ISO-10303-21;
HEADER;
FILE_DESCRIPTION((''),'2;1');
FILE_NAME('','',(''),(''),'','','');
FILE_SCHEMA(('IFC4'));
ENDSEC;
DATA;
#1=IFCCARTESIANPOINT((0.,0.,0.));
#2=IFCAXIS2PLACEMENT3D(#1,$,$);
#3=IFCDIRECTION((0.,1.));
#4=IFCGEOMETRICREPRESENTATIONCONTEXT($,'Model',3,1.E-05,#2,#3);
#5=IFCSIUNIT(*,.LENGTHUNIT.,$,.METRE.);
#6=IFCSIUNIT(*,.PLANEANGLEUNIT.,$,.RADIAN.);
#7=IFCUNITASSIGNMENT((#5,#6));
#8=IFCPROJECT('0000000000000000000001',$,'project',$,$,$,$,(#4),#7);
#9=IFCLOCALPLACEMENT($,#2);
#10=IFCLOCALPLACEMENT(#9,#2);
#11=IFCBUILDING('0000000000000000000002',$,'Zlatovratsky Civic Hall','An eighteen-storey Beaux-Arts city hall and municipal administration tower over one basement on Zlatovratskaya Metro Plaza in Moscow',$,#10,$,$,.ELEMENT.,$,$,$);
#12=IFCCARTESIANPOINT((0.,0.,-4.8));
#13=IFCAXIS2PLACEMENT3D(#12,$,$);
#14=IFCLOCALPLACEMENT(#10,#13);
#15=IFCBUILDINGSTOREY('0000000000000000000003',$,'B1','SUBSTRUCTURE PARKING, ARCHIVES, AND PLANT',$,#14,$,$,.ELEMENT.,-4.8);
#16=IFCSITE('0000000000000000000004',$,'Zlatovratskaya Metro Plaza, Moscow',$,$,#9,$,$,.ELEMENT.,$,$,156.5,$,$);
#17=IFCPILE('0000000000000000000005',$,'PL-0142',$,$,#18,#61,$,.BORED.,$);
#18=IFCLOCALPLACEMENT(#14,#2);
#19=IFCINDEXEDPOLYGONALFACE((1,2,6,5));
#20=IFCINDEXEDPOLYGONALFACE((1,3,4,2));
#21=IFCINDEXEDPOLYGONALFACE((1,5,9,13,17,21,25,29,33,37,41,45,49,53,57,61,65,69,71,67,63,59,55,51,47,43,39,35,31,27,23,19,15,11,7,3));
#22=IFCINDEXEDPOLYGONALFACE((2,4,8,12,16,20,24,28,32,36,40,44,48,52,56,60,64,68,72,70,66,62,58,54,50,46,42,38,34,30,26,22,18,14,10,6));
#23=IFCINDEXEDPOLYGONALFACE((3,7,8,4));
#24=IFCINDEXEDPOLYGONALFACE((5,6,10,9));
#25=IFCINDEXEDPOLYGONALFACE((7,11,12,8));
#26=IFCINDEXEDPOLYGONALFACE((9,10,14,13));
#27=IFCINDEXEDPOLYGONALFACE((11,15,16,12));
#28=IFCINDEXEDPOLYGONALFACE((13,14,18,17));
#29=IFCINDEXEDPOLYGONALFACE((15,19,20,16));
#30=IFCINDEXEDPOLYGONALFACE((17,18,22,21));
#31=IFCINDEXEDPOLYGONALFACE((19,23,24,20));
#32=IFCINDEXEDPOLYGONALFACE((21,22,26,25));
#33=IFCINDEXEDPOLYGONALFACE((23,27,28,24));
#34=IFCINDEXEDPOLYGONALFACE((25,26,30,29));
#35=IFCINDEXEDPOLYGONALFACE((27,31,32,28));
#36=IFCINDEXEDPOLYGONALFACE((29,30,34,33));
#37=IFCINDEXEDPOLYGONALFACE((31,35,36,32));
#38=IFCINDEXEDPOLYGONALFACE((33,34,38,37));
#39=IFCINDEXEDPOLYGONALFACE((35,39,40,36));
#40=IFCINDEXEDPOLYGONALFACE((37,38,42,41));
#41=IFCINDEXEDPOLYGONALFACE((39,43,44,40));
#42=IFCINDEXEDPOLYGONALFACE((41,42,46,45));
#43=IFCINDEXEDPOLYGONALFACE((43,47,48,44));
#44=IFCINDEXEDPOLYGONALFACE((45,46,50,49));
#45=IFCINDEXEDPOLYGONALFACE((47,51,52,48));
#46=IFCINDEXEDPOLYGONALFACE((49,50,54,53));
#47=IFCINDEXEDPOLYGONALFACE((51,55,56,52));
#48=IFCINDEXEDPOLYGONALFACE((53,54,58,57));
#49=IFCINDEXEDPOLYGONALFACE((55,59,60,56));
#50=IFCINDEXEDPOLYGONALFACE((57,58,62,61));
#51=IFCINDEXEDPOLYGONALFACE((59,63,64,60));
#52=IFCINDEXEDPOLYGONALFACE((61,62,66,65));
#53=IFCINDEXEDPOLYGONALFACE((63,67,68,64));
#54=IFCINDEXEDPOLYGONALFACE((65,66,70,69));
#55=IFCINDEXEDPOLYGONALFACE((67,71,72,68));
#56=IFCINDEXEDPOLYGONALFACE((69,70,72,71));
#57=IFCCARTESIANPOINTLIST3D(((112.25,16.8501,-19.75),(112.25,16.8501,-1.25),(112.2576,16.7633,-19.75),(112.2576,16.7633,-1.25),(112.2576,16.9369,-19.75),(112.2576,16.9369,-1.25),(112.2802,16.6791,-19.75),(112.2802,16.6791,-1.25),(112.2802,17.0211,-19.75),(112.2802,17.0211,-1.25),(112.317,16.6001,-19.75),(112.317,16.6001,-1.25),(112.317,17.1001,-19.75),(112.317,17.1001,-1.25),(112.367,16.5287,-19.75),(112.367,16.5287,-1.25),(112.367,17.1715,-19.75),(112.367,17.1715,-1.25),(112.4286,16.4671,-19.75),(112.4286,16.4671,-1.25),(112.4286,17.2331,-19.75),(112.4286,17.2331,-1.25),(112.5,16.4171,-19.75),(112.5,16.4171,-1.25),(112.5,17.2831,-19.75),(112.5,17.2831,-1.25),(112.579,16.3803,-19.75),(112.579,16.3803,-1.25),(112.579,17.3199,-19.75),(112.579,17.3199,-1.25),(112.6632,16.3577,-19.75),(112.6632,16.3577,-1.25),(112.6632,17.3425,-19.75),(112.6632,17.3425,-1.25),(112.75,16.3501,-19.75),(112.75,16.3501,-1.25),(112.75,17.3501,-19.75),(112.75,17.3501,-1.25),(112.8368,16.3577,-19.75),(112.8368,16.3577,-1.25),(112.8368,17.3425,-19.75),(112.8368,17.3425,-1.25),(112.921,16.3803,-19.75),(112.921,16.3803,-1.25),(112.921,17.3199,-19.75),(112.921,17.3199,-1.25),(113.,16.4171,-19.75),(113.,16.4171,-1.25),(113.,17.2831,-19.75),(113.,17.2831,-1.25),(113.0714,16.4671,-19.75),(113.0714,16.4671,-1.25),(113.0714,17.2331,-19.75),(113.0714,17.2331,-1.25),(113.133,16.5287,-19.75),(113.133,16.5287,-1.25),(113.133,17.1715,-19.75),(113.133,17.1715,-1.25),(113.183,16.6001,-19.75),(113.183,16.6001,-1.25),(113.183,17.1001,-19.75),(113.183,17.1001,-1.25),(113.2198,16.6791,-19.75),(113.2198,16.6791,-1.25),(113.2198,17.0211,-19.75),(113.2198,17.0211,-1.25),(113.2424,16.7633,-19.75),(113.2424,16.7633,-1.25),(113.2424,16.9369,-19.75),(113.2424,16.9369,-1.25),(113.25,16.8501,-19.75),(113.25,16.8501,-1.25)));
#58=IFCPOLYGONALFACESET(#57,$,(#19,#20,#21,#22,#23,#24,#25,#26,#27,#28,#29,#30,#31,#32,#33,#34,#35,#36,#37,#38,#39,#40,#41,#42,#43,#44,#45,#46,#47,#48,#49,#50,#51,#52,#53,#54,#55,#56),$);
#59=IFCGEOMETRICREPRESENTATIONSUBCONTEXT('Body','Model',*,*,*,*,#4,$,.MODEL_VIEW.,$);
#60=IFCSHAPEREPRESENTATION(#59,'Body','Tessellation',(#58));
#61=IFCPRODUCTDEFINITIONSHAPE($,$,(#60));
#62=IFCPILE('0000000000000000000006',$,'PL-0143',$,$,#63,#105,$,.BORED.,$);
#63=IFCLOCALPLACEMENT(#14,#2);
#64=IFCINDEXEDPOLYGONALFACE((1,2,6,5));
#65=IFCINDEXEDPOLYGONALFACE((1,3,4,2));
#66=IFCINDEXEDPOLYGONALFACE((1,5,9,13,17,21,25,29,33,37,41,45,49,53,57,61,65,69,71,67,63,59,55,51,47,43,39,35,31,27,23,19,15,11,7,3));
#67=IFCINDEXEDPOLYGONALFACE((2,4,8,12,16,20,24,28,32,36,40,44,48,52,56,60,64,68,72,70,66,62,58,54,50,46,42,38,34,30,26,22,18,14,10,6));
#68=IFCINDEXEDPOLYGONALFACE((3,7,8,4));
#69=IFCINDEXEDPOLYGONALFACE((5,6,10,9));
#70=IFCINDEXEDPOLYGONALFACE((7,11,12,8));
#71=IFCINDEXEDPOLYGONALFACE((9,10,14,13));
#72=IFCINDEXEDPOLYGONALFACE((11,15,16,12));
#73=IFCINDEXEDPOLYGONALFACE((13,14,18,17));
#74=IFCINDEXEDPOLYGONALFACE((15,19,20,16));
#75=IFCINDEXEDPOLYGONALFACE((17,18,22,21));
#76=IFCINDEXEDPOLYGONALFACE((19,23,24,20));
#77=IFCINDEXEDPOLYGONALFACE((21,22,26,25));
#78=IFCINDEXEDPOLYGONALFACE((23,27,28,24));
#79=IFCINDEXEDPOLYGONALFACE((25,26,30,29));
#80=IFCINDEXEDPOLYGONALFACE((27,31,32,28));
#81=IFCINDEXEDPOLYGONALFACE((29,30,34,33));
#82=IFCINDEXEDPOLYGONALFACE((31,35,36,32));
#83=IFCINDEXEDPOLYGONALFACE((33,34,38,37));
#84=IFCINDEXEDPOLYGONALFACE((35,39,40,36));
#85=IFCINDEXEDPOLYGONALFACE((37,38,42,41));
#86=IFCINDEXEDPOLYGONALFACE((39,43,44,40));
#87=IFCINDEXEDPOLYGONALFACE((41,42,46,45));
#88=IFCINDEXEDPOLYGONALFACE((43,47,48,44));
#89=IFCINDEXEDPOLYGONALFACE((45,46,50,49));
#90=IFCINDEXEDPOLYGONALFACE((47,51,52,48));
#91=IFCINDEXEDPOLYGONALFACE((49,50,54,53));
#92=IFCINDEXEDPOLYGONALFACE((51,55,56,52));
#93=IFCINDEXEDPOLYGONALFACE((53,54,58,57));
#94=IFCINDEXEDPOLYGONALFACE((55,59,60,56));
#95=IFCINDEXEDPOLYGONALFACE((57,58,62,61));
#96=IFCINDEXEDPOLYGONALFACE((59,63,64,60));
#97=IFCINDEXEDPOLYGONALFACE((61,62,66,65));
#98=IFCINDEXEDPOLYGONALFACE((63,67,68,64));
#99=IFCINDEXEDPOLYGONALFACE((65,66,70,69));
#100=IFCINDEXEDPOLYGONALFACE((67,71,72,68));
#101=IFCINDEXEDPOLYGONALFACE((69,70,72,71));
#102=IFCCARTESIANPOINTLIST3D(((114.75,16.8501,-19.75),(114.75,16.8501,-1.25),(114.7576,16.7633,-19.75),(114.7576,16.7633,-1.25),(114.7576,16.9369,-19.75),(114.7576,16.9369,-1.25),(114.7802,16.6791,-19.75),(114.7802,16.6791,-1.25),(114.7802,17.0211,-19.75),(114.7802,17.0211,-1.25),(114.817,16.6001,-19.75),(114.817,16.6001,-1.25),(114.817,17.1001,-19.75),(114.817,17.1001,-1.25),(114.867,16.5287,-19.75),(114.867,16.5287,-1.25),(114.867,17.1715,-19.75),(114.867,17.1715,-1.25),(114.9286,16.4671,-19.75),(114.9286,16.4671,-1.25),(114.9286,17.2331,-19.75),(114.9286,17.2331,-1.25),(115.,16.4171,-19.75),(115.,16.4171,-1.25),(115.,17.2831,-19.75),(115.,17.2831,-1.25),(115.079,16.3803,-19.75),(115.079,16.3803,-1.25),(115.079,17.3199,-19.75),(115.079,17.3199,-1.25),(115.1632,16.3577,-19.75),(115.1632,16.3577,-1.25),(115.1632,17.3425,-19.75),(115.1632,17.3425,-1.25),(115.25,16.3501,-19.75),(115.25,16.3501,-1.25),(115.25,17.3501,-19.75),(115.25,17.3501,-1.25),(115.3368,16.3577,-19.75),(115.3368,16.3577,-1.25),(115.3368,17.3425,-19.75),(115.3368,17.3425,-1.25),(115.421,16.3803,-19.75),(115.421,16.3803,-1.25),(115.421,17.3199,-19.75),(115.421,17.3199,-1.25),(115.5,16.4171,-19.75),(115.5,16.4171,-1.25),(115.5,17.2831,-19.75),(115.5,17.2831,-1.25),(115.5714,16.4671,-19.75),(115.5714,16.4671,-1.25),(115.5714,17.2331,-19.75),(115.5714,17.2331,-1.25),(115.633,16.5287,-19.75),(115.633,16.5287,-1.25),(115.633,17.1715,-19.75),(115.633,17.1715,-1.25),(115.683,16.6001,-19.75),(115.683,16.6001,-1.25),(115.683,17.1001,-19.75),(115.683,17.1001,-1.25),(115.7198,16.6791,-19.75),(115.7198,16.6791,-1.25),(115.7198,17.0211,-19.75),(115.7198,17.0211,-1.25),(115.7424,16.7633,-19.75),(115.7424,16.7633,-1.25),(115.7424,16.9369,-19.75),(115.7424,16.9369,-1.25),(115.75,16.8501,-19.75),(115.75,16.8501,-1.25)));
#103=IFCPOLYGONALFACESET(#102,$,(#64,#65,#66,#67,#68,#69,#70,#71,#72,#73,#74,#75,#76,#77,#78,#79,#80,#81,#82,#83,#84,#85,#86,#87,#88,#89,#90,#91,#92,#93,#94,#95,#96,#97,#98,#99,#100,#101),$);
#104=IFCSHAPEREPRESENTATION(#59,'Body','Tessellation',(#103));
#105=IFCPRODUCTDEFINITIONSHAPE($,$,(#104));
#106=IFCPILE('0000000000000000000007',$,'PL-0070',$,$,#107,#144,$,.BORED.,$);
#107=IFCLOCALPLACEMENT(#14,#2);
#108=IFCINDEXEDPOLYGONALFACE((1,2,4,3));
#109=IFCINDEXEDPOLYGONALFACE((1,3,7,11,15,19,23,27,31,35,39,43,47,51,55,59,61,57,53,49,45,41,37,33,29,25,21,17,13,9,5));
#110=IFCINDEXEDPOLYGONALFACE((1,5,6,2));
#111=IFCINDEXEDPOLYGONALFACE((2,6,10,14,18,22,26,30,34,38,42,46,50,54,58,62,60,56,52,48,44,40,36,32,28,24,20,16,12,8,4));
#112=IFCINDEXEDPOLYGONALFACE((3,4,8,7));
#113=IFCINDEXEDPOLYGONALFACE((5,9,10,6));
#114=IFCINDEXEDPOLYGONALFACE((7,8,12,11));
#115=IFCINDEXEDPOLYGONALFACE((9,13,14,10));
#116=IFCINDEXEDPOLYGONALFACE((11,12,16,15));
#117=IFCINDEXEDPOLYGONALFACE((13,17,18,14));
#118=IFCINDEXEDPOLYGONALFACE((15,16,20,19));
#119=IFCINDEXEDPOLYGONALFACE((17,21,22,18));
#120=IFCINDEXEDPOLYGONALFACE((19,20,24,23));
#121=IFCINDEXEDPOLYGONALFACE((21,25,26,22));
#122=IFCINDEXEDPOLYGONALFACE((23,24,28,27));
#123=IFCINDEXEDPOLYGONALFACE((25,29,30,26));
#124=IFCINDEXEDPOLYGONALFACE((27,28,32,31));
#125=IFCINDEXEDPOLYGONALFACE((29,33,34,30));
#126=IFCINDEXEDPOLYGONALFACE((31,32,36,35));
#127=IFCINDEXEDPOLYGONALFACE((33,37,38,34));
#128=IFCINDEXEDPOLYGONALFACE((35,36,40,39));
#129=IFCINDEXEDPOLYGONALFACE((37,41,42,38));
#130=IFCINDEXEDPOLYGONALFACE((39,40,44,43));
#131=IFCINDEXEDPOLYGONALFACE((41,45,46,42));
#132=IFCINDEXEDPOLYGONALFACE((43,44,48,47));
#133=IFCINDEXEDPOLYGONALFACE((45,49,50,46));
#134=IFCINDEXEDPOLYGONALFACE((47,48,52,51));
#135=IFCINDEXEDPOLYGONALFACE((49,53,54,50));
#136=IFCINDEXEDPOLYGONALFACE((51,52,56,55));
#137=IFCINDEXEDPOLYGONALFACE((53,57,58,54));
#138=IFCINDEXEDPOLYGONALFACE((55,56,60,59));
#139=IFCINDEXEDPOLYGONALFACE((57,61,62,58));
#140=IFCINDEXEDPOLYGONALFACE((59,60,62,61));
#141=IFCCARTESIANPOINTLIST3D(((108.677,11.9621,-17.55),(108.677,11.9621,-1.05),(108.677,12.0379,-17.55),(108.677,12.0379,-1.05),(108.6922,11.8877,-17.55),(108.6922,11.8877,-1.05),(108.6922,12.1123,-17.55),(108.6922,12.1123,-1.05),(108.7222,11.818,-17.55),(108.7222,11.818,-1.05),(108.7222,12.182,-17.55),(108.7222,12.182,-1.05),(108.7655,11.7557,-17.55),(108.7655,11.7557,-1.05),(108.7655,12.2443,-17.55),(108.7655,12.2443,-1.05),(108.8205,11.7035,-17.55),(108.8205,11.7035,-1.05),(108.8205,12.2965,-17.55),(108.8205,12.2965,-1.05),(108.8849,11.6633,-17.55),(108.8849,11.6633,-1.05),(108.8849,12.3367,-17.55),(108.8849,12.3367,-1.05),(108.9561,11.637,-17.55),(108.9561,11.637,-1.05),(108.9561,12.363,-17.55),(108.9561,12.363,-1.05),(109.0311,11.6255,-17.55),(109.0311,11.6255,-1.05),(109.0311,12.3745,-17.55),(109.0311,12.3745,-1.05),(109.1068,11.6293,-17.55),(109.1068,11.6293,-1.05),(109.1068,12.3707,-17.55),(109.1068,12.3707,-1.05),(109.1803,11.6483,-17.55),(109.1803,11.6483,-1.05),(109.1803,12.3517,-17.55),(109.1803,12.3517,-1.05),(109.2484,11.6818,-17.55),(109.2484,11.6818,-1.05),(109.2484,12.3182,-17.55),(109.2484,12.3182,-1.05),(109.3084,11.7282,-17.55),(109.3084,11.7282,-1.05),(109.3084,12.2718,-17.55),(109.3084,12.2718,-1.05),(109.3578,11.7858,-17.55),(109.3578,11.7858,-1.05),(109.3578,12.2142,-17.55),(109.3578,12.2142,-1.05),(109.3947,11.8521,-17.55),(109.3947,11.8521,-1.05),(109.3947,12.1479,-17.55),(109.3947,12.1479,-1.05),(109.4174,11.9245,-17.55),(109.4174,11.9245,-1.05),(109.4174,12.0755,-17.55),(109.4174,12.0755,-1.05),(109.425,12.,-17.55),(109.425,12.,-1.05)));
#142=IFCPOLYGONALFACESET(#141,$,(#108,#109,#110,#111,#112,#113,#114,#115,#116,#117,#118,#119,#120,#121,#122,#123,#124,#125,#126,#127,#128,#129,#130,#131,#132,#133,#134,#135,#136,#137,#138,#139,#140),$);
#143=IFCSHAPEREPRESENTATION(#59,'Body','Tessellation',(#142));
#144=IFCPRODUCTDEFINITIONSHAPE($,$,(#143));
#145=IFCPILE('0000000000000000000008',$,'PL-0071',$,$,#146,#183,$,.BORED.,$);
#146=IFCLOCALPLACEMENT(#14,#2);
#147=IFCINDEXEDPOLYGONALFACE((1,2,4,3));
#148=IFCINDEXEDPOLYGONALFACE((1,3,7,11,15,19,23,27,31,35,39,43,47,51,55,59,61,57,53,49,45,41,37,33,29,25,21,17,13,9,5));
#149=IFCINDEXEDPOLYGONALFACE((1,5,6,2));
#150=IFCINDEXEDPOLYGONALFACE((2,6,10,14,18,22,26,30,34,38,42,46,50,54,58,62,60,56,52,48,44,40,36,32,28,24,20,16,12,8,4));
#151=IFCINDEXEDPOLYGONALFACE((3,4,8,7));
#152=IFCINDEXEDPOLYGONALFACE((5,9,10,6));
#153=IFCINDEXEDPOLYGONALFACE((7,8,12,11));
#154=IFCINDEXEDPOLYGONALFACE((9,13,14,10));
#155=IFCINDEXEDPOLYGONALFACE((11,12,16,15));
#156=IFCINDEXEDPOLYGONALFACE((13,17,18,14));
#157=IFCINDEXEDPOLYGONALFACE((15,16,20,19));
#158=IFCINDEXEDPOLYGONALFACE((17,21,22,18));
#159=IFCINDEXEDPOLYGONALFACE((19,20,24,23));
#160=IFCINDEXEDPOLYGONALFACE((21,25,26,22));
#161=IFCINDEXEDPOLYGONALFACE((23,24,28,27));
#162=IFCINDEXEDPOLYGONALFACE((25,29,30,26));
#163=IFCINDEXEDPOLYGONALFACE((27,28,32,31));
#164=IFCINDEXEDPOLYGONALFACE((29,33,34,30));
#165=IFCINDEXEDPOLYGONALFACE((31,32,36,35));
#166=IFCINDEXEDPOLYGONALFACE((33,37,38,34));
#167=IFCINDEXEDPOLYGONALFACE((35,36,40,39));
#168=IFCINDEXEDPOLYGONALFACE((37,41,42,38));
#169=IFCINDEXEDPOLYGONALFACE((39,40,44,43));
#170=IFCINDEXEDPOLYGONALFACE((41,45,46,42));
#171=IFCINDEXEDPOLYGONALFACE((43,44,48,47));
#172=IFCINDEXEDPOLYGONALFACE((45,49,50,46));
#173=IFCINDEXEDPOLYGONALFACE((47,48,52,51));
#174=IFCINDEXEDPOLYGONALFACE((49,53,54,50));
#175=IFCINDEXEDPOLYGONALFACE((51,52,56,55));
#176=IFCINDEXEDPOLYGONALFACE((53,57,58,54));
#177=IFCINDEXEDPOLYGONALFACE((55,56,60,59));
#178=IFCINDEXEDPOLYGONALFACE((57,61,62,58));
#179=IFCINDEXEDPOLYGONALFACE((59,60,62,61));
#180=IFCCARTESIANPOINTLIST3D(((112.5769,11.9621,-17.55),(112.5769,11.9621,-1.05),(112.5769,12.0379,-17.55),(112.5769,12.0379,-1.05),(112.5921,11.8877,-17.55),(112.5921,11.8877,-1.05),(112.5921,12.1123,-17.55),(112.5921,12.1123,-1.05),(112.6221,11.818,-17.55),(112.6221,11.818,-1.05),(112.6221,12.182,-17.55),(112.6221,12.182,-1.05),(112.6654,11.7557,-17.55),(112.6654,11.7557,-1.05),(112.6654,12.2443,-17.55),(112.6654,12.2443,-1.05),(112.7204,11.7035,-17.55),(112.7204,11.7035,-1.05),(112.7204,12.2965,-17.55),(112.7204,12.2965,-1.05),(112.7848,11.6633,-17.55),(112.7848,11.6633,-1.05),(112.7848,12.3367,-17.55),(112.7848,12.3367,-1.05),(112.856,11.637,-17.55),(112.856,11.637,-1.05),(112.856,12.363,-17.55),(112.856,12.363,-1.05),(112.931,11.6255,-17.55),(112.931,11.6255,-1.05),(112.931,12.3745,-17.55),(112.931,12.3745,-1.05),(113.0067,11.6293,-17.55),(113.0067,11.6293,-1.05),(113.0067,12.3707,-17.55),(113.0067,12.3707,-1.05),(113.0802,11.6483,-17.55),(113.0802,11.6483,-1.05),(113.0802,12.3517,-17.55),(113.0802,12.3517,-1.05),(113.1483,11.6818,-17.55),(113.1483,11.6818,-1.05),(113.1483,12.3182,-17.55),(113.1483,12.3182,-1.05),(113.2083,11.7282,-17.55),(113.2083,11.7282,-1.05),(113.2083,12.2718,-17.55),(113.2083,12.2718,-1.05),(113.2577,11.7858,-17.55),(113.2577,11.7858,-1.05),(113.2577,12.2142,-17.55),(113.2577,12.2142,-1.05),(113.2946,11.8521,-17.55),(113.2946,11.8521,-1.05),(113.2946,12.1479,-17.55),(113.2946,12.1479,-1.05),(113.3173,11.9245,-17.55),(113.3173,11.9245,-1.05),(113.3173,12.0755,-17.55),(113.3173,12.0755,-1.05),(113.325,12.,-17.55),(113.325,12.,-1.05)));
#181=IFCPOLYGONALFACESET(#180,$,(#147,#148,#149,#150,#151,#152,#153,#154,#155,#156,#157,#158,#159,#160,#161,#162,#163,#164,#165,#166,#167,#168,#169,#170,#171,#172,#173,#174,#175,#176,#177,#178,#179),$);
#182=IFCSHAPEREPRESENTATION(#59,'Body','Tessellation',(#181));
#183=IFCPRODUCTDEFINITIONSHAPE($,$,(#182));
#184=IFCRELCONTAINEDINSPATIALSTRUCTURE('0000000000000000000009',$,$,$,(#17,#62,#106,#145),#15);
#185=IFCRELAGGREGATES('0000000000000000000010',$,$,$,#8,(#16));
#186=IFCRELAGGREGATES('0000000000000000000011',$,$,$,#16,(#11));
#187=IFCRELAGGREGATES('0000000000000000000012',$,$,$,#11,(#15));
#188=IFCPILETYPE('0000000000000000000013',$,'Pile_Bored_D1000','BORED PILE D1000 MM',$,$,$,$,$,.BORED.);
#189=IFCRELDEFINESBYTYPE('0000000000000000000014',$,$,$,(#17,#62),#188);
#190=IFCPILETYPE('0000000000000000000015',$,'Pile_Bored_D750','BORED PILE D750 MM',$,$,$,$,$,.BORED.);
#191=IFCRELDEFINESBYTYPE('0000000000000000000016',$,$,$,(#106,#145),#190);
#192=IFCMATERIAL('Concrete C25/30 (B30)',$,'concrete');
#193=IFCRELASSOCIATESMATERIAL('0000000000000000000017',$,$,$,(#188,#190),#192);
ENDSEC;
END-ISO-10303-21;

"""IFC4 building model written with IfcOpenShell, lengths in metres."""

from ifc_helpers import new_model, si_unit, direction, frame, origin, origin_2d, place, context, subcontext, project, spatial, circle, extrude, material, material_profile, profile_set, type_object, element, save


model = new_model("IFC4")

# Units and contexts
model_context = context("Model", 3, precision=1e-05, world=origin(), true_north=direction((0.0, 1.0)))
body_context = subcontext(model_context, "Body", "Model", "MODEL_VIEW")
ifc_project = project(units=[si_unit("LENGTHUNIT", "METRE"), si_unit("PLANEANGLEUNIT", "RADIAN")], contexts=[model_context])

# Site, building, storey
site_placement = place(None, origin())
site = spatial("IfcSite", under=ifc_project, at=site_placement, Name="Zlatovratskaya Metro Plaza, Moscow", CompositionType="ELEMENT", RefElevation=156.5)
building_placement = place(site_placement, origin())
building = spatial("IfcBuilding", under=site, at=building_placement, Name="Zlatovratsky Civic Hall", Description="An eighteen-storey Beaux-Arts city hall and municipal administration tower over one basement on Zlatovratskaya Metro Plaza in Moscow", CompositionType="ELEMENT")
storey_placement = place(building_placement, frame((0.0, 0.0, -4.8)))
storey = spatial("IfcBuildingStorey", under=building, at=storey_placement, Name="B1", Description="SUBSTRUCTURE PARKING, ARCHIVES, AND PLANT", CompositionType="ELEMENT", Elevation=-4.8)

# Shared definitions
ifc_material_1 = material(Name="Concrete C25/30 (B30)", Category="concrete")

# Piles
ifc_material_profile_1 = material_profile(ifc_material_1, circle(Radius=0.5, at=origin_2d()), Name="PILE D1000")
ifc_profile_set_1 = profile_set([ifc_material_profile_1], Name="Concrete C25/30 (B30)")
pile_type_1 = type_object("IfcPileType", Name="Pile_Bored_D1000", Description="BORED PILE D1000 MM", PredefinedType="BORED", material=ifc_profile_set_1)
for number, where, z_axis, x_axis, name in (
    (1, (112.75, 16.8501, -1.25), (0.0, 0.0, -1.0), (1.0, 0.0, 0.0), "PL-0142"),
    (2, (115.25, 16.8501, -1.25), (0.0, 0.0, -1.0), (1.0, 0.0, 0.0), "PL-0143"),
):
    element("IfcPile", number, at=place(storey_placement, frame(where, z_axis=z_axis, x_axis=x_axis)), inside=storey, type_object=pile_type_1, Name=name, PredefinedType="BORED", context=body_context, shape_type="SweptSolid", body=[
        extrude(circle(Radius=0.5, at=origin_2d()), origin(), (0.0, 0.0, 1.0), 18.5),
    ])
ifc_material_profile_2 = material_profile(ifc_material_1, circle(Radius=0.375, at=origin_2d()), Name="PILE D750")
ifc_profile_set_2 = profile_set([ifc_material_profile_2], Name="Concrete C25/30 (B30)")
pile_type_2 = type_object("IfcPileType", Name="Pile_Bored_D750", Description="BORED PILE D750 MM", PredefinedType="BORED", material=ifc_profile_set_2)
for number, where, z_axis, x_axis, name in (
    (3, (109.05, 12.0, -1.05), (0.0, 0.0, -1.0), (1.0, 0.0, 0.0), "PL-0070"),
    (4, (112.95, 12.0, -1.05), (0.0, 0.0, -1.0), (1.0, 0.0, 0.0), "PL-0071"),
):
    element("IfcPile", number, at=place(storey_placement, frame(where, z_axis=z_axis, x_axis=x_axis)), inside=storey, type_object=pile_type_2, Name=name, PredefinedType="BORED", context=body_context, shape_type="SweptSolid", body=[
        extrude(circle(Radius=0.375, at=origin_2d()), origin(), (0.0, 0.0, 1.0), 16.5),
    ])

save(model, "model.ifc")
